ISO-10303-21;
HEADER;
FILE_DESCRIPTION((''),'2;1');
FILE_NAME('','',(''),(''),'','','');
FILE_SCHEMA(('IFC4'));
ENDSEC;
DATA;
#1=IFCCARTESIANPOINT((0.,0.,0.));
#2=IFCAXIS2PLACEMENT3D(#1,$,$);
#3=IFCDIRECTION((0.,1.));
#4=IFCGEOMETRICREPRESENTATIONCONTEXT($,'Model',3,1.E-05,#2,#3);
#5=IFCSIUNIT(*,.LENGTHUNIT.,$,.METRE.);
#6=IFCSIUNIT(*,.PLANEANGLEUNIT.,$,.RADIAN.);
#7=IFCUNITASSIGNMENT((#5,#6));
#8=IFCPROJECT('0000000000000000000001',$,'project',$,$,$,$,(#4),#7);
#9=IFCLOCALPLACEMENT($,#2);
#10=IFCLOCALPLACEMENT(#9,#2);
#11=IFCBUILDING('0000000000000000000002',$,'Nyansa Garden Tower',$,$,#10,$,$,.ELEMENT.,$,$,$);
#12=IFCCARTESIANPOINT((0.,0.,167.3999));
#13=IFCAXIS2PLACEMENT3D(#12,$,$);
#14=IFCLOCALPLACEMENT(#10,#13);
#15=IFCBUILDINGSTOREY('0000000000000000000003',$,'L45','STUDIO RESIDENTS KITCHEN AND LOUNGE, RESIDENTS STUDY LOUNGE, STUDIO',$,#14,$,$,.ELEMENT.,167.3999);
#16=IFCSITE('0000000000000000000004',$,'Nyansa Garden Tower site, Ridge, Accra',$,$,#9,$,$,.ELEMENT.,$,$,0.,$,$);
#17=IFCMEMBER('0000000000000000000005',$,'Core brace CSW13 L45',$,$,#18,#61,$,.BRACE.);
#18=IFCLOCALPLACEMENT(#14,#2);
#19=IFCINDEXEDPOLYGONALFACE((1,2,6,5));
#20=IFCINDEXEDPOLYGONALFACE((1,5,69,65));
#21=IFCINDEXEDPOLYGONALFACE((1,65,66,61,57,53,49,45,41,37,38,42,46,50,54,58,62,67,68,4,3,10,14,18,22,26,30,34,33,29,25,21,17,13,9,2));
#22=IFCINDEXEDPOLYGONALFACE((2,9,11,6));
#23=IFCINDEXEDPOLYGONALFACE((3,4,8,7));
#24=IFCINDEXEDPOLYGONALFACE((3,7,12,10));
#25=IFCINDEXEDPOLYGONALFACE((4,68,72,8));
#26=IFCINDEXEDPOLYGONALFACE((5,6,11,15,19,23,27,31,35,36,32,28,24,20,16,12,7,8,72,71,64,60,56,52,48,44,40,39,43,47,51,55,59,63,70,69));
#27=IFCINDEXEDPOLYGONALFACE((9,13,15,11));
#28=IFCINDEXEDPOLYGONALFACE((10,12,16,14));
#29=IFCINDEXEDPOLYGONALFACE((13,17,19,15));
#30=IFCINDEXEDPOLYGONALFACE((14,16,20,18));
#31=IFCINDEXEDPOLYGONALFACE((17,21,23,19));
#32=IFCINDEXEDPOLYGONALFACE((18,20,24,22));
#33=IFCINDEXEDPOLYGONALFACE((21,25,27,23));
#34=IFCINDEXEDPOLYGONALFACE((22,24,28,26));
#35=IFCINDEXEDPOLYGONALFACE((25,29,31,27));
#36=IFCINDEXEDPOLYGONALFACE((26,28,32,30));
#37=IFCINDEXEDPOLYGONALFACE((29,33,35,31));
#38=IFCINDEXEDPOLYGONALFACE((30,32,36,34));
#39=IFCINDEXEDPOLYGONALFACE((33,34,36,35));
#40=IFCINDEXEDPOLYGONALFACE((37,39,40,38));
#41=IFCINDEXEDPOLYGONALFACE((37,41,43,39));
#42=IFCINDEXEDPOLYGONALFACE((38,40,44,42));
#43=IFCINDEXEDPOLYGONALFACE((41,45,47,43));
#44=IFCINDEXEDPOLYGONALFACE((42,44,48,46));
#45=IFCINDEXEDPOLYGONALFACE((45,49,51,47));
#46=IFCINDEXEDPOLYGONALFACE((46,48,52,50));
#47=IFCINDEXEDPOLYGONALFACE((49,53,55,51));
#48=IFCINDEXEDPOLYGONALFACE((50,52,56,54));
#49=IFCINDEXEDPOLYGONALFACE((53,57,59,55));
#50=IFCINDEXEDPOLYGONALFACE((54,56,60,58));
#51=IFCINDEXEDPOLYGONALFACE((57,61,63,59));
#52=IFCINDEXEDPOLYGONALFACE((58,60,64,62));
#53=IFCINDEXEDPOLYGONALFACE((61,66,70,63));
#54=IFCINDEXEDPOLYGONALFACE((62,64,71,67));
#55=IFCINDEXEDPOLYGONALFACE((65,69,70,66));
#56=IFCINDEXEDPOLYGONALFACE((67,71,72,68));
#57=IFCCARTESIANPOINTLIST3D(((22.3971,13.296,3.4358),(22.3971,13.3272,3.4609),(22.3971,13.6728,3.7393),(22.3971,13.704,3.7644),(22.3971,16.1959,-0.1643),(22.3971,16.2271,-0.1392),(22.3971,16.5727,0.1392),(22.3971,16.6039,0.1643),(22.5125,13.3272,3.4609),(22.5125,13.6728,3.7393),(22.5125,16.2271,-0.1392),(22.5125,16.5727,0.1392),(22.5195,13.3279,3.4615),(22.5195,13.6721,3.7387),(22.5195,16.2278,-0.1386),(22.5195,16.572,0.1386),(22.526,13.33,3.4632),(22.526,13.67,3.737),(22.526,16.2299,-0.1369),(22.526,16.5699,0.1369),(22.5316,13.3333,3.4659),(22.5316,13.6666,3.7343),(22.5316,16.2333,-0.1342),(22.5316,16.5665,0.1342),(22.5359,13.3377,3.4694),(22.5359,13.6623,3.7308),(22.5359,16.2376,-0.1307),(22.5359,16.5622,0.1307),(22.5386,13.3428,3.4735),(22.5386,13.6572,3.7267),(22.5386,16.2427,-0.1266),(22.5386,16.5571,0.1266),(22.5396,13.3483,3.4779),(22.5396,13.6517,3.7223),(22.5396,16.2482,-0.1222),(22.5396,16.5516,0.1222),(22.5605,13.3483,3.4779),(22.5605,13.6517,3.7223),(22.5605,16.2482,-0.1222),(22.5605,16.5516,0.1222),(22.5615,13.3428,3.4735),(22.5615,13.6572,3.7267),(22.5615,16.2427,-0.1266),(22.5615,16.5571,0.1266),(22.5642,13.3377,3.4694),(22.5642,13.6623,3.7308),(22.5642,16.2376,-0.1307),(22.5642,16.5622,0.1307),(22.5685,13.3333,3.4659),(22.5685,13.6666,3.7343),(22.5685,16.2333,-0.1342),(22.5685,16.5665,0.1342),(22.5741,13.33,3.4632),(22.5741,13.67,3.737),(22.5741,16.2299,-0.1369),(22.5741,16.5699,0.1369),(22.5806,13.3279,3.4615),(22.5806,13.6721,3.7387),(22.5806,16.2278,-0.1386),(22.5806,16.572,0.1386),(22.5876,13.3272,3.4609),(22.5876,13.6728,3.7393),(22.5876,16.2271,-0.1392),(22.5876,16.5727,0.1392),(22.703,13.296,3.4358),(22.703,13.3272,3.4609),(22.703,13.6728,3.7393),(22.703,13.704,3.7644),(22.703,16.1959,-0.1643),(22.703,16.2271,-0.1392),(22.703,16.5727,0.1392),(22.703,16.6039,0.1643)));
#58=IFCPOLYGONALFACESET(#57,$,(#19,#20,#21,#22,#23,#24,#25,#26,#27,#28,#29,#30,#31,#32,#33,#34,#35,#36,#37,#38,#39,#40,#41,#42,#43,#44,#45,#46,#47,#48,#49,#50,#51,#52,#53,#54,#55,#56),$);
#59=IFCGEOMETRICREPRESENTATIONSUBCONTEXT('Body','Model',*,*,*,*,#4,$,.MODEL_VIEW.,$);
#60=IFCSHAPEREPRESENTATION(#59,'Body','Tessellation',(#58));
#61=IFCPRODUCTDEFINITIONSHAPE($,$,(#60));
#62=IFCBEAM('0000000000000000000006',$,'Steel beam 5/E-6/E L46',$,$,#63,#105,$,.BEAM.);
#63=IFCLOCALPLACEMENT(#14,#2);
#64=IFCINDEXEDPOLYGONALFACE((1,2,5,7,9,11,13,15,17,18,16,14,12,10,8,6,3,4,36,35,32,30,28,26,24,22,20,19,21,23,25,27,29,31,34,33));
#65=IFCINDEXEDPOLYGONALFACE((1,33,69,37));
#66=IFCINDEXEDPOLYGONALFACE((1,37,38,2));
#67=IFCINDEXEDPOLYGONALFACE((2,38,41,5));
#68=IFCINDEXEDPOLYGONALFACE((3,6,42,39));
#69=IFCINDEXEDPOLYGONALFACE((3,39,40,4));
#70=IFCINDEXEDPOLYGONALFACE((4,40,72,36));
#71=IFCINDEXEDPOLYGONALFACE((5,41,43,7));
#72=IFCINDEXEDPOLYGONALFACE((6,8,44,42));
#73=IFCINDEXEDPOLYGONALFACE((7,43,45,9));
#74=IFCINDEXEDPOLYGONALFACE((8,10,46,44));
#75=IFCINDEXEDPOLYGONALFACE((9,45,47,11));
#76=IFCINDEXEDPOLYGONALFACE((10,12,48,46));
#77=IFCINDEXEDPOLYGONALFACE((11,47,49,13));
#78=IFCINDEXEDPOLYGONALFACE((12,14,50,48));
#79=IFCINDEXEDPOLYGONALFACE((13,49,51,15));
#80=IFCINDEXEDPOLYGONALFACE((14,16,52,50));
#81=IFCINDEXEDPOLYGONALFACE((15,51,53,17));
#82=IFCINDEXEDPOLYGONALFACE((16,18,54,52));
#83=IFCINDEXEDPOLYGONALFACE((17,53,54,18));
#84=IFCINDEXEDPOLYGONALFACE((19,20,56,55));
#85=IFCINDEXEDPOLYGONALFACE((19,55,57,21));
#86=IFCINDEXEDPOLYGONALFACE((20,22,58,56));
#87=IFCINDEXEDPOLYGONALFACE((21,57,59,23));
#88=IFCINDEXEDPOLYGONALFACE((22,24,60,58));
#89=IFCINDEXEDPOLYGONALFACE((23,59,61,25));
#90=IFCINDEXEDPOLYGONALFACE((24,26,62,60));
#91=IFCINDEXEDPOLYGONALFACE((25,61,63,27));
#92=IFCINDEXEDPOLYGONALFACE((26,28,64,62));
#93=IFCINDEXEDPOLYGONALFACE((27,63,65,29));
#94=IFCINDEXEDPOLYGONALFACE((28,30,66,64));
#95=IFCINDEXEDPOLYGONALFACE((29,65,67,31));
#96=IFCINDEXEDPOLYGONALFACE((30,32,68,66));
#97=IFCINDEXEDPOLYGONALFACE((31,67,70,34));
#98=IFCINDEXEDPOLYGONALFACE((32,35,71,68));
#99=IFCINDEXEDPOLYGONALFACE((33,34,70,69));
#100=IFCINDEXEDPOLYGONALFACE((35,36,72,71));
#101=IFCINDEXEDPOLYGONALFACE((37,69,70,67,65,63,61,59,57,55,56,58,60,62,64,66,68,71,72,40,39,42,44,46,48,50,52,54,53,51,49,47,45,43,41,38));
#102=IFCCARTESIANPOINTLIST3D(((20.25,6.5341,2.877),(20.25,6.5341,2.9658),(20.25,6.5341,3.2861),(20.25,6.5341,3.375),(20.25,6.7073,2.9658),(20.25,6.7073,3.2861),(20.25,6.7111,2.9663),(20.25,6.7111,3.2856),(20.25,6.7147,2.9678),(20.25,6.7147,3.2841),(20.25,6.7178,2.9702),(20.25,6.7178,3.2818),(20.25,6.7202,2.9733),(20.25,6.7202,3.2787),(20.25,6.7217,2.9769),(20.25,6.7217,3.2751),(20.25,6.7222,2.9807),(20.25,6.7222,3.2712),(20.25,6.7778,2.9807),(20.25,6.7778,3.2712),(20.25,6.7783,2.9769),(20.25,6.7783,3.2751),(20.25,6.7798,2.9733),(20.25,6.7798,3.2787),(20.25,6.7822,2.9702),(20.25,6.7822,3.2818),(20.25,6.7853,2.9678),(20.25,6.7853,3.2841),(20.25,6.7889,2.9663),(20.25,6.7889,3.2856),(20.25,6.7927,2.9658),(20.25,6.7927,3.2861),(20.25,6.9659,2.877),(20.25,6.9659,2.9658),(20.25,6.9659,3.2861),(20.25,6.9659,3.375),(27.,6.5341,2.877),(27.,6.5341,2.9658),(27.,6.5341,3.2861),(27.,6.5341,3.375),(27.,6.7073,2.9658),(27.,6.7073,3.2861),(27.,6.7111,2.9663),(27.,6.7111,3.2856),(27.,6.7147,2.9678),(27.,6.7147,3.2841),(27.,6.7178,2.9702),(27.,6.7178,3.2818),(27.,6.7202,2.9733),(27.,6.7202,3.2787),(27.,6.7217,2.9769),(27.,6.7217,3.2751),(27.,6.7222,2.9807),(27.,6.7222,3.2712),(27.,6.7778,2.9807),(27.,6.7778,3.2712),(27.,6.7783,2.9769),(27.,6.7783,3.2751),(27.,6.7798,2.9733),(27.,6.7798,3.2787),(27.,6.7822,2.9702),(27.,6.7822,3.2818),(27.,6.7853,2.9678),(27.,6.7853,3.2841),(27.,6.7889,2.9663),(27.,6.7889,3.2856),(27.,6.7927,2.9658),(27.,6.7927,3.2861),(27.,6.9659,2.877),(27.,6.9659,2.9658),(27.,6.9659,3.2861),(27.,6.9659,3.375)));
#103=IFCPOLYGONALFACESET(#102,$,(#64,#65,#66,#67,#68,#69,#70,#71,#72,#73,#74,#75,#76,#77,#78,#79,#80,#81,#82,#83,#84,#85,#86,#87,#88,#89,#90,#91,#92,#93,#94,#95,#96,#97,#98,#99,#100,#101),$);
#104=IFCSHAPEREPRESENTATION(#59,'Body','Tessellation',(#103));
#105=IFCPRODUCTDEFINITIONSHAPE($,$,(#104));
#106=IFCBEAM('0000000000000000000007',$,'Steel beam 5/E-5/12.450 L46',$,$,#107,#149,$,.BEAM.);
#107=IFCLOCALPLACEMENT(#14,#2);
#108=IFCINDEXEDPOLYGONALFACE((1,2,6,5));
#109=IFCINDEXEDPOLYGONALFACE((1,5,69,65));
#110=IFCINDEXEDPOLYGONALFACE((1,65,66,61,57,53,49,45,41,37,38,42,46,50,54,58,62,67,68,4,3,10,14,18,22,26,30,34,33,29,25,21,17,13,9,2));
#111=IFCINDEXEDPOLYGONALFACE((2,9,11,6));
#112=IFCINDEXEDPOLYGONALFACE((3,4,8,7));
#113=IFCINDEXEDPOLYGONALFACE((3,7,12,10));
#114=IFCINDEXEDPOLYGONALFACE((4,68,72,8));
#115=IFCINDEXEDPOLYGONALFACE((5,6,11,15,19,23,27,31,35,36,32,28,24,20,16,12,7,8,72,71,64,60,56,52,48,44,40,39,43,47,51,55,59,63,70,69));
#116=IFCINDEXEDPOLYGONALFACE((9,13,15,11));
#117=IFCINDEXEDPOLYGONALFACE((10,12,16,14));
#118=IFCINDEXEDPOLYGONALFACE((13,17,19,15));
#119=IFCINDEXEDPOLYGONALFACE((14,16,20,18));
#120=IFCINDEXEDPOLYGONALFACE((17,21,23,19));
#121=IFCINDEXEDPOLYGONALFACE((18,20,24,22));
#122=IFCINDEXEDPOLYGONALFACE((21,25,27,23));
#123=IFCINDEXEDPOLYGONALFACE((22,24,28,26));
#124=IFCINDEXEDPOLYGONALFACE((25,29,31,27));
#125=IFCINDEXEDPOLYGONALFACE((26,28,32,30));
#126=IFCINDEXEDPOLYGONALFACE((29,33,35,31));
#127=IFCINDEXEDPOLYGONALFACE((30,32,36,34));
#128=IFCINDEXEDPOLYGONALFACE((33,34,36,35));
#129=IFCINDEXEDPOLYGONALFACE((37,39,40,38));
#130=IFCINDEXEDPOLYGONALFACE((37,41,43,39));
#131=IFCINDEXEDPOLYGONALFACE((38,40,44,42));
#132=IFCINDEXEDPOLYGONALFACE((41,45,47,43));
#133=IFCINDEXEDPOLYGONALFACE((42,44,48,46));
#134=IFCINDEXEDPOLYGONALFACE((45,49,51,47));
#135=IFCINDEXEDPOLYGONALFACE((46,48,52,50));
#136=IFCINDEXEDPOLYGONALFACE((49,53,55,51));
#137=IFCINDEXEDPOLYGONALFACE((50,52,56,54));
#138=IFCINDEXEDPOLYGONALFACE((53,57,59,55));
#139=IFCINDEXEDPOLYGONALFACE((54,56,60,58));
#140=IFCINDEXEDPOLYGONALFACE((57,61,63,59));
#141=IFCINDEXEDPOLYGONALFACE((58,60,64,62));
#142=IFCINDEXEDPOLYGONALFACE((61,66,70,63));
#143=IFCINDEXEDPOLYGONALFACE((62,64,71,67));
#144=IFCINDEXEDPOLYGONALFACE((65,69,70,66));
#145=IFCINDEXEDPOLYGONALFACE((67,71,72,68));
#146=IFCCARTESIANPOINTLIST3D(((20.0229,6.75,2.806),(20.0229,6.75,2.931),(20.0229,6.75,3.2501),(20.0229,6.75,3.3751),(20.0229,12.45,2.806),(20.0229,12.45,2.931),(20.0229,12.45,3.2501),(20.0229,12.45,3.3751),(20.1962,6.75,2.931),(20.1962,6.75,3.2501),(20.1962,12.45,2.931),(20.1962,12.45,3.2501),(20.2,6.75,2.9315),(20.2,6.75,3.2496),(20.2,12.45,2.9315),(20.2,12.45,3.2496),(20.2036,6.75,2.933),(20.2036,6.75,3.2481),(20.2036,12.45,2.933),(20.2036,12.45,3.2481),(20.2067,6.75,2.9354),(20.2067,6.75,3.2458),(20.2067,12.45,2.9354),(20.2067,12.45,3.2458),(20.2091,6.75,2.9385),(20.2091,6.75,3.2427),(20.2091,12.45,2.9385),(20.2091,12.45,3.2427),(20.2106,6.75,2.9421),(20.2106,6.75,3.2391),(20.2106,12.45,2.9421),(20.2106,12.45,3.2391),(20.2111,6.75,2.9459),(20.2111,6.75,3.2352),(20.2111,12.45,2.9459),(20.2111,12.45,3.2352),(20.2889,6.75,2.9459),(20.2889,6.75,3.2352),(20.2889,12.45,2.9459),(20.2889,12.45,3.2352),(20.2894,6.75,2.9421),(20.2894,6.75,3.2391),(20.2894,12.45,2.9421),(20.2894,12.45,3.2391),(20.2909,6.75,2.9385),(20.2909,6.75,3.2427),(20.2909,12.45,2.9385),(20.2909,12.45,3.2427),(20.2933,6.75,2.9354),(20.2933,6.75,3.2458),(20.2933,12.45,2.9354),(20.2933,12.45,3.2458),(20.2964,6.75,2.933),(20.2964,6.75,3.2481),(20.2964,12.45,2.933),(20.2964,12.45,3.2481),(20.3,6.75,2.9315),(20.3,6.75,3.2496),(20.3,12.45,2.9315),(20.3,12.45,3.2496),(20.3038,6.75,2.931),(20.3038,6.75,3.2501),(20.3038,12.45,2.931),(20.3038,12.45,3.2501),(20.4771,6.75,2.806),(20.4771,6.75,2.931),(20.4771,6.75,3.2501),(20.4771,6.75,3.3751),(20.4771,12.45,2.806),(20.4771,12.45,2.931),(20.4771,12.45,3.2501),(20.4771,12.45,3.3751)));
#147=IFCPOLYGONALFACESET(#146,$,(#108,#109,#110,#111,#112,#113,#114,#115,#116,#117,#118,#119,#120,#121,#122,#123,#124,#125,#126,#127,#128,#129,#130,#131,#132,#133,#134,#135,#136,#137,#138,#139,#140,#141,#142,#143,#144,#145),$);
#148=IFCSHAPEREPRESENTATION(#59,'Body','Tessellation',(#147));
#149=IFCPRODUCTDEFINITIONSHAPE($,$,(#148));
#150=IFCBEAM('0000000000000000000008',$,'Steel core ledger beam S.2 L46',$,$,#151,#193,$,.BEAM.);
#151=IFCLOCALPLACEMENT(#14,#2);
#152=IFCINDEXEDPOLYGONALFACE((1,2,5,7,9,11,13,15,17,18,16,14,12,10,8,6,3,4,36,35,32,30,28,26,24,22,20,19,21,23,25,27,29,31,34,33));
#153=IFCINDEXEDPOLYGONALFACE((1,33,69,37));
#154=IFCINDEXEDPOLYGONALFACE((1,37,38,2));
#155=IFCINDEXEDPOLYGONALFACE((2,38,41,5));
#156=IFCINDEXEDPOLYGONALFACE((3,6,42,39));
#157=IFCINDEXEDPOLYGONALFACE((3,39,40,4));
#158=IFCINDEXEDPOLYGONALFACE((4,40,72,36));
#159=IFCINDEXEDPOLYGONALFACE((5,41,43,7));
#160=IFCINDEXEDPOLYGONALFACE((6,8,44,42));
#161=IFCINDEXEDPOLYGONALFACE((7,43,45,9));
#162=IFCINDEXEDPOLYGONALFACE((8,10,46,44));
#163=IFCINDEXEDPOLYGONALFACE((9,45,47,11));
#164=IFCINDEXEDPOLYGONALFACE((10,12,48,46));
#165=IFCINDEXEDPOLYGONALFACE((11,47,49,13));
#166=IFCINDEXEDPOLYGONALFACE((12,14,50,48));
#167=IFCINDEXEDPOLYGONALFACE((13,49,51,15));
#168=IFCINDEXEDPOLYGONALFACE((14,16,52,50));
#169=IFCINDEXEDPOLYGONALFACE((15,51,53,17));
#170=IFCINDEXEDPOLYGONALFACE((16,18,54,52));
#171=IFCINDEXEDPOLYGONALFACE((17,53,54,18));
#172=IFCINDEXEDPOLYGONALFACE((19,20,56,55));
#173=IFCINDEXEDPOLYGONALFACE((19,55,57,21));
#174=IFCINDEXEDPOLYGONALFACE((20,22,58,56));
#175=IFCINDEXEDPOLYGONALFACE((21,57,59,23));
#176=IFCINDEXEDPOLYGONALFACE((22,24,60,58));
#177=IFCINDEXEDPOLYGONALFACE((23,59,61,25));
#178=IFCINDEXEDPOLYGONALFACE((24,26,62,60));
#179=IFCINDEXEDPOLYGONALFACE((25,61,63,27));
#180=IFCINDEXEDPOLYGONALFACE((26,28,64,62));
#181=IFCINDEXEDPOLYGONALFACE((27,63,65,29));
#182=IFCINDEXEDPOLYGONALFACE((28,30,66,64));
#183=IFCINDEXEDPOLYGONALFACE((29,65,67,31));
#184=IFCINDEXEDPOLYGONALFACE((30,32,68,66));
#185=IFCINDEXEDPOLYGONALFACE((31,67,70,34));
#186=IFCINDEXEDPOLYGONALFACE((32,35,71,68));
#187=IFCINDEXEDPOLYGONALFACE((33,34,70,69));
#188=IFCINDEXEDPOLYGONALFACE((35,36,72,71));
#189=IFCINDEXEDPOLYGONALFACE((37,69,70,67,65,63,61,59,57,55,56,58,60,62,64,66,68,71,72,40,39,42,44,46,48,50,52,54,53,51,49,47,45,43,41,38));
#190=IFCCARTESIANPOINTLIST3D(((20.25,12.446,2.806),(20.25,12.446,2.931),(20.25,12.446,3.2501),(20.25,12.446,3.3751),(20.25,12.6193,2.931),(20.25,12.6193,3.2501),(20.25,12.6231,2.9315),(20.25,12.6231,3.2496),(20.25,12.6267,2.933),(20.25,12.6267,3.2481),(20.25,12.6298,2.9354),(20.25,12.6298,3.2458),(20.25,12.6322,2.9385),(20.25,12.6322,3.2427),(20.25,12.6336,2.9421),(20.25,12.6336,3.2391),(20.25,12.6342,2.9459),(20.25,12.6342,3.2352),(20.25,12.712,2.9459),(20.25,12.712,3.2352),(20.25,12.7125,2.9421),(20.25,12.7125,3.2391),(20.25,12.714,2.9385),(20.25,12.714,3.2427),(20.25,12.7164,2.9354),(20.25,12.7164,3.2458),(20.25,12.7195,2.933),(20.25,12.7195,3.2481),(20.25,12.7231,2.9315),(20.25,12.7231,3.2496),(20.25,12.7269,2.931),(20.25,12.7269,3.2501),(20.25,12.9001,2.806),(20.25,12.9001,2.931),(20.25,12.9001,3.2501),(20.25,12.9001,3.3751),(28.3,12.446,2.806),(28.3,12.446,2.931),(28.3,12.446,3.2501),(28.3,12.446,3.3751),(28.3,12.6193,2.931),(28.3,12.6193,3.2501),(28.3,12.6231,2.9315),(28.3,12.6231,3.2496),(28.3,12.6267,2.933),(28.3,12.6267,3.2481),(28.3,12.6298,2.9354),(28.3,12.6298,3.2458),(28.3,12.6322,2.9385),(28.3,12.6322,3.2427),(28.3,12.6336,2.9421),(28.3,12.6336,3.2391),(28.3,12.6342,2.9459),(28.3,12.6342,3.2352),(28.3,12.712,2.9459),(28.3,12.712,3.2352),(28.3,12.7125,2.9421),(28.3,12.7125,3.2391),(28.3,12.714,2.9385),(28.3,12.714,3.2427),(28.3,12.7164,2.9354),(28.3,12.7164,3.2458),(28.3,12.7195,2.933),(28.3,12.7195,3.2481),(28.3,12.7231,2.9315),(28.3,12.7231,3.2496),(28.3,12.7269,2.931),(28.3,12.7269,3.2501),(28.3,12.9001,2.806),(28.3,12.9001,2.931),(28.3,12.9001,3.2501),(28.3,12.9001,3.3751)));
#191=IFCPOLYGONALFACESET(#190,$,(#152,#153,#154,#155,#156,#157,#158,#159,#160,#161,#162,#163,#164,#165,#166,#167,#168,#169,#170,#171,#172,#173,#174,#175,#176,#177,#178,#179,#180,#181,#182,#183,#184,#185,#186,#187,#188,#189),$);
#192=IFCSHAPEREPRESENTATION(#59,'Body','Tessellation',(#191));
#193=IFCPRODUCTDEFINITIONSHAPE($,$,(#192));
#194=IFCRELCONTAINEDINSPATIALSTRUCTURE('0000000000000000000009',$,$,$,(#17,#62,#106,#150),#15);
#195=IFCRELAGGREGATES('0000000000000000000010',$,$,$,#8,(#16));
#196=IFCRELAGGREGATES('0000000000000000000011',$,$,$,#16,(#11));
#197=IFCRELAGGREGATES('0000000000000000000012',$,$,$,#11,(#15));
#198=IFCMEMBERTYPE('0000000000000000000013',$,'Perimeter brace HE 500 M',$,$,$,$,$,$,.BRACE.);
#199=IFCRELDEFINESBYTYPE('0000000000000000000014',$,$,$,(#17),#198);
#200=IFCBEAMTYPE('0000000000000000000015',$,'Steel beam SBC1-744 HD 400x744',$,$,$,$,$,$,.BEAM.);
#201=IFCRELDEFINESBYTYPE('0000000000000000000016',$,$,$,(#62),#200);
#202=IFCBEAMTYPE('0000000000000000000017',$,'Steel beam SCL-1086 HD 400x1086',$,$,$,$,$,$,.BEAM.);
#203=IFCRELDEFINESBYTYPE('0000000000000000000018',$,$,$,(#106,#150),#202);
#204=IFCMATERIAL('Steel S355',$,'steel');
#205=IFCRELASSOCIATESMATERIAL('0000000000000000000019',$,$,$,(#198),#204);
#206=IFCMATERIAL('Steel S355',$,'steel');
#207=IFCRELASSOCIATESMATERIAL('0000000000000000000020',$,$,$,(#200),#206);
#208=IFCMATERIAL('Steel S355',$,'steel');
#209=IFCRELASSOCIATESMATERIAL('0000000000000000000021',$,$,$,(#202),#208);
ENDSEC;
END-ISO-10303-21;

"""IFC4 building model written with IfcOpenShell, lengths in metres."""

from ifc_helpers import new_model, si_unit, direction, frame, origin, origin_2d, place, context, subcontext, project, spatial, i_section, extrude, material, material_profile, profile_set, type_object, element, save


model = new_model("IFC4")

# Units and contexts
model_context = context("Model", 3, precision=1e-05, world=origin(), true_north=direction((0.0, 1.0)))
body_context = subcontext(model_context, "Body", "Model", "MODEL_VIEW")
ifc_project = project(units=[si_unit("LENGTHUNIT", "METRE"), si_unit("PLANEANGLEUNIT", "RADIAN")], contexts=[model_context])

# Site, building, storey
site_placement = place(None, origin())
site = spatial("IfcSite", under=ifc_project, at=site_placement, Name="Nyansa Garden Tower site, Ridge, Accra", CompositionType="ELEMENT", RefElevation=0.0)
building_placement = place(site_placement, origin())
building = spatial("IfcBuilding", under=site, at=building_placement, Name="Nyansa Garden Tower", CompositionType="ELEMENT")
storey_placement = place(building_placement, frame((0.0, 0.0, 167.3999)))
storey = spatial("IfcBuildingStorey", under=building, at=storey_placement, Name="L45", Description="STUDIO RESIDENTS KITCHEN AND LOUNGE, RESIDENTS STUDY LOUNGE, STUDIO", CompositionType="ELEMENT", Elevation=167.3999)

# Member
ifc_material_1 = material(Name="Steel S355", Category="steel")
ifc_material_profile_1 = material_profile(ifc_material_1, i_section(OverallWidth=0.3059, OverallDepth=0.5239, WebThickness=0.021, FlangeThickness=0.04, FilletRadius=0.0271, at=origin_2d()), Name="HE 500 M")
ifc_profile_set_1 = profile_set([ifc_material_profile_1], Name="Steel S355")
member_type = type_object("IfcMemberType", Name="Perimeter brace HE 500 M", PredefinedType="BRACE", material=ifc_profile_set_1)
for number, where, z_axis, x_axis, name in (
    (1, (22.55, 16.3999, 0.0), (0.0, -0.627306, 0.778773), (1.0, 0.0, 0.0), "Core brace CSW13 L45"),
):
    element("IfcMember", number, at=place(storey_placement, frame(where, z_axis=z_axis, x_axis=x_axis)), inside=storey, type_object=member_type, Name=name, PredefinedType="BRACE", context=body_context, shape_type="SweptSolid", body=[
        extrude(i_section(OverallWidth=0.3059, OverallDepth=0.5239, WebThickness=0.021, FlangeThickness=0.04, FilletRadius=0.0271, at=origin_2d()), origin(), (0.0, 0.0, 1.0), 4.6228),
    ])

# Beams
ifc_material_2 = material(Name="Steel S355", Category="steel")
ifc_material_profile_2 = material_profile(ifc_material_2, i_section(OverallWidth=0.4319, OverallDepth=0.498, WebThickness=0.0557, FlangeThickness=0.0889, FilletRadius=0.0149, at=origin_2d()), Name="HD 400x744")
ifc_profile_set_2 = profile_set([ifc_material_profile_2], Name="Steel S355")
beam_type_1 = type_object("IfcBeamType", Name="Steel beam SBC1-744 HD 400x744", PredefinedType="BEAM", material=ifc_profile_set_2)
beam_1_placement = place(storey_placement, frame((20.25, 6.75, 3.126), z_axis=(1.0, 0.0, 0.0), x_axis=(0.0, 1.0, 0.0)))
element("IfcBeam", 2, at=beam_1_placement, inside=storey, type_object=beam_type_1, Name="Steel beam 5/E-6/E L46", PredefinedType="BEAM", context=body_context, shape_type="SweptSolid", body=[
    extrude(i_section(OverallWidth=0.4319, OverallDepth=0.498, WebThickness=0.0557, FlangeThickness=0.0889, FilletRadius=0.0149, at=origin_2d()), origin(), (0.0, 0.0, 1.0), 6.75),
])
ifc_material_3 = material(Name="Steel S355", Category="steel")
ifc_material_profile_3 = material_profile(ifc_material_3, i_section(OverallWidth=0.4541, OverallDepth=0.5691, WebThickness=0.0779, FlangeThickness=0.125, FilletRadius=0.0149, at=origin_2d()), Name="HD 400x1086")
ifc_profile_set_3 = profile_set([ifc_material_profile_3], Name="Steel S355")
beam_type_2 = type_object("IfcBeamType", Name="Steel beam SCL-1086 HD 400x1086", PredefinedType="BEAM", material=ifc_profile_set_3)
beam_2_placement = place(storey_placement, frame((20.25, 6.75, 3.0906), z_axis=(0.0, 1.0, 0.0), x_axis=(-1.0, 0.0, 0.0)))
element("IfcBeam", 3, at=beam_2_placement, inside=storey, type_object=beam_type_2, Name="Steel beam 5/E-5/12.450 L46", PredefinedType="BEAM", context=body_context, shape_type="SweptSolid", body=[
    extrude(i_section(OverallWidth=0.4541, OverallDepth=0.5691, WebThickness=0.0779, FlangeThickness=0.125, FilletRadius=0.0149, at=origin_2d()), origin(), (0.0, 0.0, 1.0), 5.7),
])
beam_3_placement = place(storey_placement, frame((20.25, 12.6731, 3.0906), z_axis=(1.0, 0.0, 0.0), x_axis=(0.0, 1.0, 0.0)))
element("IfcBeam", 4, at=beam_3_placement, inside=storey, type_object=beam_type_2, Name="Steel core ledger beam S.2 L46", PredefinedType="BEAM", context=body_context, shape_type="SweptSolid", body=[
    extrude(i_section(OverallWidth=0.4541, OverallDepth=0.5691, WebThickness=0.0779, FlangeThickness=0.125, FilletRadius=0.0149, at=origin_2d()), origin(), (0.0, 0.0, 1.0), 8.05),
])

save(model, "model.ifc")
